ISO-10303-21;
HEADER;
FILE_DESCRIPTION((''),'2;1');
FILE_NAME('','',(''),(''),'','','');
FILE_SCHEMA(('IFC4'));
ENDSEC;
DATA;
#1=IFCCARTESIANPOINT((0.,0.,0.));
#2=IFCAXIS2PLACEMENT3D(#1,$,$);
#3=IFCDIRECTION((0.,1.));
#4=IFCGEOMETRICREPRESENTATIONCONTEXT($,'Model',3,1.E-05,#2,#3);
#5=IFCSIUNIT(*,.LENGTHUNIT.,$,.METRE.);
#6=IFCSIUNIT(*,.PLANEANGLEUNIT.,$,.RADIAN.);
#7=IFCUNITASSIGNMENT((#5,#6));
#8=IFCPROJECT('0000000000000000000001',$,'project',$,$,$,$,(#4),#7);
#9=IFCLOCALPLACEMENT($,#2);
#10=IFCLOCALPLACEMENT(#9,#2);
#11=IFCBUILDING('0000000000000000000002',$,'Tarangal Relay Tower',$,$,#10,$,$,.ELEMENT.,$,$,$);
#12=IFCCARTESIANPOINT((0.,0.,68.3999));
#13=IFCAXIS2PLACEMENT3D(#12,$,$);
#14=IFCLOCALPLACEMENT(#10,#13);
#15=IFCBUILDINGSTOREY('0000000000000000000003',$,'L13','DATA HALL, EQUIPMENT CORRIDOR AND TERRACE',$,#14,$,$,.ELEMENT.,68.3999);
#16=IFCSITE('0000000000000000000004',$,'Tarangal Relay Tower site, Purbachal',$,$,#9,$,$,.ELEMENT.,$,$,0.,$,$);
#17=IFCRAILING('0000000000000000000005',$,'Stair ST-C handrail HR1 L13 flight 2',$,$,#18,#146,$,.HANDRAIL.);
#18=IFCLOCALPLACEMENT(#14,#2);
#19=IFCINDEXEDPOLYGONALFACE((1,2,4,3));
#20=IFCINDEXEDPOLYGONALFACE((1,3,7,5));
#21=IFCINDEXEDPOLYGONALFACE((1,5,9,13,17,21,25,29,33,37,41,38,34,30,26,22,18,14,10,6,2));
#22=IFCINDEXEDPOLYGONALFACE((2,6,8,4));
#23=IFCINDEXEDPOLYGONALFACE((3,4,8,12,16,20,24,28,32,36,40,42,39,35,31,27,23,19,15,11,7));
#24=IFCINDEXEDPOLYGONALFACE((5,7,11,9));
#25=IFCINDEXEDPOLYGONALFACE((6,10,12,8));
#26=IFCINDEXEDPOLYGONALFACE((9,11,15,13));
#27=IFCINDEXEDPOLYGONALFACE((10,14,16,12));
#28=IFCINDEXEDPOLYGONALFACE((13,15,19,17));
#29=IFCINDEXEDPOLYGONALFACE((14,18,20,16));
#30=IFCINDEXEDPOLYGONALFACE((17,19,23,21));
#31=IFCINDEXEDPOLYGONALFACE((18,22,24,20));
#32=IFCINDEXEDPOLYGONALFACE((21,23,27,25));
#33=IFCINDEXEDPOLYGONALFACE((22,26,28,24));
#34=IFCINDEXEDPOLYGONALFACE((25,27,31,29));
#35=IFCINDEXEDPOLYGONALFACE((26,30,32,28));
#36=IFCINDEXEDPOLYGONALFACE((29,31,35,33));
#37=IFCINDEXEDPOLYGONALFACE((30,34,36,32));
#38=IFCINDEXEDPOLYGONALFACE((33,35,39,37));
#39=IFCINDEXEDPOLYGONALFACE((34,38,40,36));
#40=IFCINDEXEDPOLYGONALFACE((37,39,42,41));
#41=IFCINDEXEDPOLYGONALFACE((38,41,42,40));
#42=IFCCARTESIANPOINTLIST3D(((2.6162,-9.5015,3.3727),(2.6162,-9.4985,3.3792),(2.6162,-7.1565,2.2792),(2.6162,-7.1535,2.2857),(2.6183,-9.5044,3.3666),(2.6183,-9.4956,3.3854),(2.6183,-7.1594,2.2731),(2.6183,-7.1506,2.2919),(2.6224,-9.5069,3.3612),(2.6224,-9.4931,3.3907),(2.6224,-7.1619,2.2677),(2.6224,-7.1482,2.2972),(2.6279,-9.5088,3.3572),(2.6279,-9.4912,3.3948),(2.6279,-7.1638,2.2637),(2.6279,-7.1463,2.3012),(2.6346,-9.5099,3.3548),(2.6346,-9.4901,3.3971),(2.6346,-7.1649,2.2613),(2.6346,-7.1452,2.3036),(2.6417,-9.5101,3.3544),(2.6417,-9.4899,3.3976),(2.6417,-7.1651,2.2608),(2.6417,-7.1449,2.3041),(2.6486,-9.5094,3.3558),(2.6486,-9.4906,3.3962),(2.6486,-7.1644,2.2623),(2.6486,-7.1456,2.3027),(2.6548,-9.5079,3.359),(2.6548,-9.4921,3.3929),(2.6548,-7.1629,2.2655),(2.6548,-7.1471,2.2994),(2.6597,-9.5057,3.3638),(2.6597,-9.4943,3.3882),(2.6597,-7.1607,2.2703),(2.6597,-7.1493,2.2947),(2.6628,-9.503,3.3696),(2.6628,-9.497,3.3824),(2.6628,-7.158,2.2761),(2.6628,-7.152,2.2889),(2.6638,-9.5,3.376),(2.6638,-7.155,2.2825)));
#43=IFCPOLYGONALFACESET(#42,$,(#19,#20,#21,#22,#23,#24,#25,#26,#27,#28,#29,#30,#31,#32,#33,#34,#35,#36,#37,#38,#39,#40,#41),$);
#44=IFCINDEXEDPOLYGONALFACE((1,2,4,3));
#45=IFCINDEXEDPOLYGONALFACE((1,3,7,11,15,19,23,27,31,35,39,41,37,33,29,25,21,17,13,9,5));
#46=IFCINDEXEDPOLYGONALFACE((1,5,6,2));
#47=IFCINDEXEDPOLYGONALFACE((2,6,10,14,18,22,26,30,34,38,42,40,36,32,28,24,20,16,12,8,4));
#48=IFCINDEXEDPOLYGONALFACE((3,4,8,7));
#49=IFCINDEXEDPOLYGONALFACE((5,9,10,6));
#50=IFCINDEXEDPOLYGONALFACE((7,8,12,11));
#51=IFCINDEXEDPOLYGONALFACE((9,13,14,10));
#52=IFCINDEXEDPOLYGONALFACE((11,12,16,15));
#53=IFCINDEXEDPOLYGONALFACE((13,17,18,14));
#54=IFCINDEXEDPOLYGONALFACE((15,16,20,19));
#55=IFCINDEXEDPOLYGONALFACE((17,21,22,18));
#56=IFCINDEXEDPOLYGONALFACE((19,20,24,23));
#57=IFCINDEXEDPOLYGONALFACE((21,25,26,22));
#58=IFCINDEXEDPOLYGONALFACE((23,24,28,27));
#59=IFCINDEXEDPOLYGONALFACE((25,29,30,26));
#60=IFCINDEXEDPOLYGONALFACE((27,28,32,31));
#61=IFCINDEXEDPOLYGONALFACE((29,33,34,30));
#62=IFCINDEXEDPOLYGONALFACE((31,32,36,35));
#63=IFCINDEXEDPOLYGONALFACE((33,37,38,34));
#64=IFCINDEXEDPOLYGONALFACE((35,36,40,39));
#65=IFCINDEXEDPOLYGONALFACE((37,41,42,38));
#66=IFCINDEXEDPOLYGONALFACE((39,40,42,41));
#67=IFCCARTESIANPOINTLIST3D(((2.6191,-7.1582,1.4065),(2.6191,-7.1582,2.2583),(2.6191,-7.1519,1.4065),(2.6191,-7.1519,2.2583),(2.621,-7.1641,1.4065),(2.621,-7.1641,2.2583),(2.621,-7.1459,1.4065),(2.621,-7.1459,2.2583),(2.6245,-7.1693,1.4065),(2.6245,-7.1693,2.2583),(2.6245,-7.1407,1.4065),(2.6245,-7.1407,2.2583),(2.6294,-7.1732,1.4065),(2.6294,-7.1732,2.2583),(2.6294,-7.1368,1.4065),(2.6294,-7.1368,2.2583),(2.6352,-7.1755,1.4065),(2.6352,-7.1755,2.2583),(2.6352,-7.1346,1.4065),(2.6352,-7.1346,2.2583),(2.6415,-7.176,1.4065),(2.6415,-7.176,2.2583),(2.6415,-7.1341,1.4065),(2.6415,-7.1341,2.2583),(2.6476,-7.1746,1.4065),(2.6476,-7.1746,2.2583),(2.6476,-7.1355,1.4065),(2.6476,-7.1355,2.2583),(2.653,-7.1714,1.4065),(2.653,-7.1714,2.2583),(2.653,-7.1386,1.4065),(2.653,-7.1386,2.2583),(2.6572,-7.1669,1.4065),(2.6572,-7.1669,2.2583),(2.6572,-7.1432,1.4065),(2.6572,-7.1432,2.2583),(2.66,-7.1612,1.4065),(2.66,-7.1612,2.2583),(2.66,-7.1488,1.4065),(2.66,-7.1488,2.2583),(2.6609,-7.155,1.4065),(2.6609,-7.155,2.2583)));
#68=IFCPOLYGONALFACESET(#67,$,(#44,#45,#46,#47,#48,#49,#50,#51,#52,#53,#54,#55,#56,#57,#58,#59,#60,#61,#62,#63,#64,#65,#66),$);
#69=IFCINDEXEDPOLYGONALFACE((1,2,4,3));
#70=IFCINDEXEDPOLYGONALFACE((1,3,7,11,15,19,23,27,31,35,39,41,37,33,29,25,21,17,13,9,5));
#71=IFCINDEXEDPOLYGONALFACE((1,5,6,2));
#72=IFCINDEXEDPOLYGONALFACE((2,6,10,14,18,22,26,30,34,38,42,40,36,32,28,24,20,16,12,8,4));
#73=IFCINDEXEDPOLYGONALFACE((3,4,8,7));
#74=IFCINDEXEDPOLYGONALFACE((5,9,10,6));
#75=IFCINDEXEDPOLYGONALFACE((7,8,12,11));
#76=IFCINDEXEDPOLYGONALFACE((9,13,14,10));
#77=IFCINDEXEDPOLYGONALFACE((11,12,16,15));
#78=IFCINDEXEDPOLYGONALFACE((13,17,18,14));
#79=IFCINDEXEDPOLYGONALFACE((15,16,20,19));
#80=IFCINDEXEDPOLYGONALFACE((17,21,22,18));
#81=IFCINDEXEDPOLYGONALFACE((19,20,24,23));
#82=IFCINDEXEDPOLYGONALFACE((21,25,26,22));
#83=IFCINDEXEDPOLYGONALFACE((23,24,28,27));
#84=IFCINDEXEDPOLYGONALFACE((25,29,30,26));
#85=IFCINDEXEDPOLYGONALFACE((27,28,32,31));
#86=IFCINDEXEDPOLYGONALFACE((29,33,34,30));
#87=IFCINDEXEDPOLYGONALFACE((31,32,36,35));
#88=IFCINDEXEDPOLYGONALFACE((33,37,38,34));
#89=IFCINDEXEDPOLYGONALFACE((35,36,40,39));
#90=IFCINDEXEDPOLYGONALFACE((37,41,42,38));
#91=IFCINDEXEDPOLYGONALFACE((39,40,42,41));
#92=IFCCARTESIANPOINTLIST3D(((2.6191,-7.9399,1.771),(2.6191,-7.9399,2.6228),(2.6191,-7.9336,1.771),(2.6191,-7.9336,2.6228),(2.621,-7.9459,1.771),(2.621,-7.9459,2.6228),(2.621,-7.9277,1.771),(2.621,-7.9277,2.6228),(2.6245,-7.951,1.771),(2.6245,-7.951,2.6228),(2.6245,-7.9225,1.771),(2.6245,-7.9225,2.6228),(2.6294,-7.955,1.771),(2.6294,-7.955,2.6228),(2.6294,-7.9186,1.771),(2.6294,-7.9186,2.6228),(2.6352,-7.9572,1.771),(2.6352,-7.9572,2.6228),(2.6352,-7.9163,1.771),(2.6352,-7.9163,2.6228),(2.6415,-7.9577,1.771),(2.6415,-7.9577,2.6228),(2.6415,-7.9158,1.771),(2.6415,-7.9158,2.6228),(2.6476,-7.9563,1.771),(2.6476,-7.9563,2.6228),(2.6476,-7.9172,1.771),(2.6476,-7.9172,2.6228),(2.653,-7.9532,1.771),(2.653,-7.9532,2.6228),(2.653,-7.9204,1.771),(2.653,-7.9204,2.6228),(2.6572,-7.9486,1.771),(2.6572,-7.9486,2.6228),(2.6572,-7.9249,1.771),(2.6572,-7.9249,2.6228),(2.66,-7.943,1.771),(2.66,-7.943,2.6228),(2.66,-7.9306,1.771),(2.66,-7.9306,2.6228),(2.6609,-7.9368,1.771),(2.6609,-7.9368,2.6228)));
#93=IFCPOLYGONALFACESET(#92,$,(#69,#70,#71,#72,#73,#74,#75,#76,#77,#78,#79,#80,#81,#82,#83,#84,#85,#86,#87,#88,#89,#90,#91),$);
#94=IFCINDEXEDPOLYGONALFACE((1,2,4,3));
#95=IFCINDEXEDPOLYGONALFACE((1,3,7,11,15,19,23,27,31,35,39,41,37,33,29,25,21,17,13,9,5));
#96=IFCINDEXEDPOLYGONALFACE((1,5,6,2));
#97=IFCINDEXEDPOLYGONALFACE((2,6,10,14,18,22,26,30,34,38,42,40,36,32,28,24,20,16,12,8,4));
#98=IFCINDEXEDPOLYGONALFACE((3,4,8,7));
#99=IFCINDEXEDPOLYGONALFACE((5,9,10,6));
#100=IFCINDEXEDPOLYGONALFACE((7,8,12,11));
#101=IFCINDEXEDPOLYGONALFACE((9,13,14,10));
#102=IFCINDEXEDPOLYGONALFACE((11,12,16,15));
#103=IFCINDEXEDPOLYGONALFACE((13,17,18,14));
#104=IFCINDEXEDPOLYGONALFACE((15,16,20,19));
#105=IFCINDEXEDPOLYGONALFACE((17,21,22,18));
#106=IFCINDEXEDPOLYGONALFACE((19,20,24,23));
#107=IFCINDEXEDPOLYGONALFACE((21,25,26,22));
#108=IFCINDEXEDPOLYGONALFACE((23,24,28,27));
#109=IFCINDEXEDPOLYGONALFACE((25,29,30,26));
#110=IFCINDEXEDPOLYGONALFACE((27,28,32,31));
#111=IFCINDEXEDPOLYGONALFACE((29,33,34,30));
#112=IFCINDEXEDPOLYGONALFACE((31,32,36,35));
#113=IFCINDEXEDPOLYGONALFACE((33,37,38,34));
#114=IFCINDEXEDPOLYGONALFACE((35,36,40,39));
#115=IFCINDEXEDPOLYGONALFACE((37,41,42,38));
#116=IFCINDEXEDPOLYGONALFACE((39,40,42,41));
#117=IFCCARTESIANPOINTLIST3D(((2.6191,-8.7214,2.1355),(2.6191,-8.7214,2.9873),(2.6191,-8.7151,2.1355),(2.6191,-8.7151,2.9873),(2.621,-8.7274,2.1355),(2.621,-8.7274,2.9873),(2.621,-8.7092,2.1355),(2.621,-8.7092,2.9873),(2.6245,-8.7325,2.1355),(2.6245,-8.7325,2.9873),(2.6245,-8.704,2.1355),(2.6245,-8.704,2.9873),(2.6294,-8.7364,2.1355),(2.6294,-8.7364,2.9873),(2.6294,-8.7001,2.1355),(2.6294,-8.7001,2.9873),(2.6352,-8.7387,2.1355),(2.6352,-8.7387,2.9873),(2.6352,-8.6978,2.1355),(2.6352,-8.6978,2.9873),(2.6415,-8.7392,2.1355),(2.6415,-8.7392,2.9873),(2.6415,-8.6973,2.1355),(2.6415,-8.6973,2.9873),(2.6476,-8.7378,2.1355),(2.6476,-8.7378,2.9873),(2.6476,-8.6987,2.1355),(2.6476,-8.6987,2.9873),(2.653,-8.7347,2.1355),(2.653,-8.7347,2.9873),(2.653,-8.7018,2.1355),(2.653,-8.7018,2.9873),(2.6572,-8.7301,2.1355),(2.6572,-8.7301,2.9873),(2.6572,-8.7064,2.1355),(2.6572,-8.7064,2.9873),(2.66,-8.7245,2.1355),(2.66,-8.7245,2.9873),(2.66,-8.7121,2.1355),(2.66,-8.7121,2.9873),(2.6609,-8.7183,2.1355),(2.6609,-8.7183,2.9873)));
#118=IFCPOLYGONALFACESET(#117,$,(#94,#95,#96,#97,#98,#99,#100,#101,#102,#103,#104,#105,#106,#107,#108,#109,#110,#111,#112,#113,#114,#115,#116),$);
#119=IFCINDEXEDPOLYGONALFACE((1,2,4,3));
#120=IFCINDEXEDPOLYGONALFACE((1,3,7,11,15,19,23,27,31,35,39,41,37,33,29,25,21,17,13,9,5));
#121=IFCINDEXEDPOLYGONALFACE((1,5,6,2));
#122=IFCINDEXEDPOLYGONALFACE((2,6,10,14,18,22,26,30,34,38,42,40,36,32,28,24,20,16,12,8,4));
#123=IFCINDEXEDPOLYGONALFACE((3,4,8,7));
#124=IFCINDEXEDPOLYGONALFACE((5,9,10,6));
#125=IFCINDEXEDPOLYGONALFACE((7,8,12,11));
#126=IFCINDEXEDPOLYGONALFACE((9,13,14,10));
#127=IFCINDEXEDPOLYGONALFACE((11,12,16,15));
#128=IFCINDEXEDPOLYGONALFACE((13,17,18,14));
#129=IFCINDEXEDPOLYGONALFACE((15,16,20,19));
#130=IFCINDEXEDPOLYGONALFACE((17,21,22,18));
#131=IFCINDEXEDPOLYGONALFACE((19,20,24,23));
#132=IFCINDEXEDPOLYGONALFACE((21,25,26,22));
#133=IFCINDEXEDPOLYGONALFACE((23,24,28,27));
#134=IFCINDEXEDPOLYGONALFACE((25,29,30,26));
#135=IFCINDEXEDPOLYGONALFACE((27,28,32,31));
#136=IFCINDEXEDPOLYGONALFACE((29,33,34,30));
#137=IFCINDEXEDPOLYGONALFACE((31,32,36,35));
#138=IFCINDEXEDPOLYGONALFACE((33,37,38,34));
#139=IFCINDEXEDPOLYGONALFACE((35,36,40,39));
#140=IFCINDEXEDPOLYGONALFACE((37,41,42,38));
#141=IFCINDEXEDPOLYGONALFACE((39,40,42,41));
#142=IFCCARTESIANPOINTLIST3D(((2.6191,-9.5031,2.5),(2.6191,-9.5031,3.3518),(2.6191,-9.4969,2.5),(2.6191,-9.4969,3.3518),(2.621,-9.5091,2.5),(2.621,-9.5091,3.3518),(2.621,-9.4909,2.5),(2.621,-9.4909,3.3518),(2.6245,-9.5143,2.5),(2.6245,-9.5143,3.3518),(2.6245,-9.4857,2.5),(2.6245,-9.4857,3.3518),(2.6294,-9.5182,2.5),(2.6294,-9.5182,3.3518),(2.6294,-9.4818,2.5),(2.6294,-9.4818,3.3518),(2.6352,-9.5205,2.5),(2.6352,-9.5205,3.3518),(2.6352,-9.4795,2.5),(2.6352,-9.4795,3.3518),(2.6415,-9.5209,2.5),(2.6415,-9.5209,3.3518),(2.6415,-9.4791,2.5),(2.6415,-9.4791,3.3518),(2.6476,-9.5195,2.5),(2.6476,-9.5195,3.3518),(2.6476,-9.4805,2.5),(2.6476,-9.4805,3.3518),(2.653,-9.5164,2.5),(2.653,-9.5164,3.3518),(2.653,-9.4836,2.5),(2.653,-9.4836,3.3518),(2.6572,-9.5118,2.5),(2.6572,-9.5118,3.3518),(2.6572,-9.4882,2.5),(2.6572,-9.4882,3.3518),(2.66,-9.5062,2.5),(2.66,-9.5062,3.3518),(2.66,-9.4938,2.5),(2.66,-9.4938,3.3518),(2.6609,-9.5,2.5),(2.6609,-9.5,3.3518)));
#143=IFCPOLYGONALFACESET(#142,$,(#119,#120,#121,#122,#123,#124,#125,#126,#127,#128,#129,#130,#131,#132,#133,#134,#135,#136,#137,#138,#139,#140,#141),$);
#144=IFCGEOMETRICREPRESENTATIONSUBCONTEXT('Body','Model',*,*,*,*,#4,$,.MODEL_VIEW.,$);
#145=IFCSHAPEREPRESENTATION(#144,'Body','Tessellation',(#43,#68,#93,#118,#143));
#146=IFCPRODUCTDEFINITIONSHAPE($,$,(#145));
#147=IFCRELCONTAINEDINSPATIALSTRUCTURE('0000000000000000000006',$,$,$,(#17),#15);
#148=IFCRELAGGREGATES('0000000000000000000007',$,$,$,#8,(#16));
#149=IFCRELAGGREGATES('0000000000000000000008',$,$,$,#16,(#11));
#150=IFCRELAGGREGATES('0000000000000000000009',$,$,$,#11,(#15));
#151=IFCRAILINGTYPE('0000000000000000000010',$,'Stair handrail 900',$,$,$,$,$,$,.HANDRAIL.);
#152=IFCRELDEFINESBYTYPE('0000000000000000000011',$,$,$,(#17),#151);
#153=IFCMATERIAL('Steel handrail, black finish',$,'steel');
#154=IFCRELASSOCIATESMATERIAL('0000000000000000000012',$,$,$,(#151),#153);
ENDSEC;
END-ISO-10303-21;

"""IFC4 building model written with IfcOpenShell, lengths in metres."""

from ifc_helpers import new_model, si_unit, direction, frame, origin, origin_2d, place, context, subcontext, project, spatial, circle, extrude, material, type_object, element, save


model = new_model("IFC4")

# Units and contexts
model_context = context("Model", 3, precision=1e-05, world=origin(), true_north=direction((0.0, 1.0)))
body_context = subcontext(model_context, "Body", "Model", "MODEL_VIEW")
ifc_project = project(units=[si_unit("LENGTHUNIT", "METRE"), si_unit("PLANEANGLEUNIT", "RADIAN")], contexts=[model_context])

# Site, building, storey
site_placement = place(None, origin())
site = spatial("IfcSite", under=ifc_project, at=site_placement, Name="Tarangal Relay Tower site, Purbachal", CompositionType="ELEMENT", RefElevation=0.0)
building_placement = place(site_placement, origin())
building = spatial("IfcBuilding", under=site, at=building_placement, Name="Tarangal Relay Tower", CompositionType="ELEMENT")
storey_placement = place(building_placement, frame((0.0, 0.0, 68.3999)))
storey = spatial("IfcBuildingStorey", under=building, at=storey_placement, Name="L13", Description="DATA HALL, EQUIPMENT CORRIDOR AND TERRACE", CompositionType="ELEMENT", Elevation=68.3999)

# Railing
ifc_material_1 = material(Name="Steel handrail, black finish", Category="steel")
railing_type_1 = type_object("IfcRailingType", Name="Stair handrail 900", PredefinedType="HANDRAIL", material=ifc_material_1)
for number, where, name in (
    (1, (2.6399, -7.155, 1.4065), "Stair ST-C handrail HR1 L13 flight 2"),
):
    element("IfcRailing", number, at=place(storey_placement, frame(where)), inside=storey, type_object=railing_type_1, Name=name, PredefinedType="HANDRAIL", context=body_context, shape_type="SweptSolid", body=[
        extrude(circle(Radius=0.0239, at=origin_2d()), frame((0.0, 0.0, 0.876), z_axis=(0.0, -0.906304, 0.422627), x_axis=(1.0, 0.0, 0.0)), (0.0, 0.0, 1.0), 2.5874),
        extrude(circle(Radius=0.021, at=origin_2d()), origin(), (0.0, 0.0, 1.0), 0.8518),
        extrude(circle(Radius=0.021, at=origin_2d()), frame((0.0, -0.7817, 0.3645)), (0.0, 0.0, 1.0), 0.8518),
        extrude(circle(Radius=0.021, at=origin_2d()), frame((0.0, -1.5632, 0.729)), (0.0, 0.0, 1.0), 0.8518),
        extrude(circle(Radius=0.021, at=origin_2d()), frame((0.0, -2.345, 1.0935)), (0.0, 0.0, 1.0), 0.8518),
    ])

save(model, "model.ifc")
